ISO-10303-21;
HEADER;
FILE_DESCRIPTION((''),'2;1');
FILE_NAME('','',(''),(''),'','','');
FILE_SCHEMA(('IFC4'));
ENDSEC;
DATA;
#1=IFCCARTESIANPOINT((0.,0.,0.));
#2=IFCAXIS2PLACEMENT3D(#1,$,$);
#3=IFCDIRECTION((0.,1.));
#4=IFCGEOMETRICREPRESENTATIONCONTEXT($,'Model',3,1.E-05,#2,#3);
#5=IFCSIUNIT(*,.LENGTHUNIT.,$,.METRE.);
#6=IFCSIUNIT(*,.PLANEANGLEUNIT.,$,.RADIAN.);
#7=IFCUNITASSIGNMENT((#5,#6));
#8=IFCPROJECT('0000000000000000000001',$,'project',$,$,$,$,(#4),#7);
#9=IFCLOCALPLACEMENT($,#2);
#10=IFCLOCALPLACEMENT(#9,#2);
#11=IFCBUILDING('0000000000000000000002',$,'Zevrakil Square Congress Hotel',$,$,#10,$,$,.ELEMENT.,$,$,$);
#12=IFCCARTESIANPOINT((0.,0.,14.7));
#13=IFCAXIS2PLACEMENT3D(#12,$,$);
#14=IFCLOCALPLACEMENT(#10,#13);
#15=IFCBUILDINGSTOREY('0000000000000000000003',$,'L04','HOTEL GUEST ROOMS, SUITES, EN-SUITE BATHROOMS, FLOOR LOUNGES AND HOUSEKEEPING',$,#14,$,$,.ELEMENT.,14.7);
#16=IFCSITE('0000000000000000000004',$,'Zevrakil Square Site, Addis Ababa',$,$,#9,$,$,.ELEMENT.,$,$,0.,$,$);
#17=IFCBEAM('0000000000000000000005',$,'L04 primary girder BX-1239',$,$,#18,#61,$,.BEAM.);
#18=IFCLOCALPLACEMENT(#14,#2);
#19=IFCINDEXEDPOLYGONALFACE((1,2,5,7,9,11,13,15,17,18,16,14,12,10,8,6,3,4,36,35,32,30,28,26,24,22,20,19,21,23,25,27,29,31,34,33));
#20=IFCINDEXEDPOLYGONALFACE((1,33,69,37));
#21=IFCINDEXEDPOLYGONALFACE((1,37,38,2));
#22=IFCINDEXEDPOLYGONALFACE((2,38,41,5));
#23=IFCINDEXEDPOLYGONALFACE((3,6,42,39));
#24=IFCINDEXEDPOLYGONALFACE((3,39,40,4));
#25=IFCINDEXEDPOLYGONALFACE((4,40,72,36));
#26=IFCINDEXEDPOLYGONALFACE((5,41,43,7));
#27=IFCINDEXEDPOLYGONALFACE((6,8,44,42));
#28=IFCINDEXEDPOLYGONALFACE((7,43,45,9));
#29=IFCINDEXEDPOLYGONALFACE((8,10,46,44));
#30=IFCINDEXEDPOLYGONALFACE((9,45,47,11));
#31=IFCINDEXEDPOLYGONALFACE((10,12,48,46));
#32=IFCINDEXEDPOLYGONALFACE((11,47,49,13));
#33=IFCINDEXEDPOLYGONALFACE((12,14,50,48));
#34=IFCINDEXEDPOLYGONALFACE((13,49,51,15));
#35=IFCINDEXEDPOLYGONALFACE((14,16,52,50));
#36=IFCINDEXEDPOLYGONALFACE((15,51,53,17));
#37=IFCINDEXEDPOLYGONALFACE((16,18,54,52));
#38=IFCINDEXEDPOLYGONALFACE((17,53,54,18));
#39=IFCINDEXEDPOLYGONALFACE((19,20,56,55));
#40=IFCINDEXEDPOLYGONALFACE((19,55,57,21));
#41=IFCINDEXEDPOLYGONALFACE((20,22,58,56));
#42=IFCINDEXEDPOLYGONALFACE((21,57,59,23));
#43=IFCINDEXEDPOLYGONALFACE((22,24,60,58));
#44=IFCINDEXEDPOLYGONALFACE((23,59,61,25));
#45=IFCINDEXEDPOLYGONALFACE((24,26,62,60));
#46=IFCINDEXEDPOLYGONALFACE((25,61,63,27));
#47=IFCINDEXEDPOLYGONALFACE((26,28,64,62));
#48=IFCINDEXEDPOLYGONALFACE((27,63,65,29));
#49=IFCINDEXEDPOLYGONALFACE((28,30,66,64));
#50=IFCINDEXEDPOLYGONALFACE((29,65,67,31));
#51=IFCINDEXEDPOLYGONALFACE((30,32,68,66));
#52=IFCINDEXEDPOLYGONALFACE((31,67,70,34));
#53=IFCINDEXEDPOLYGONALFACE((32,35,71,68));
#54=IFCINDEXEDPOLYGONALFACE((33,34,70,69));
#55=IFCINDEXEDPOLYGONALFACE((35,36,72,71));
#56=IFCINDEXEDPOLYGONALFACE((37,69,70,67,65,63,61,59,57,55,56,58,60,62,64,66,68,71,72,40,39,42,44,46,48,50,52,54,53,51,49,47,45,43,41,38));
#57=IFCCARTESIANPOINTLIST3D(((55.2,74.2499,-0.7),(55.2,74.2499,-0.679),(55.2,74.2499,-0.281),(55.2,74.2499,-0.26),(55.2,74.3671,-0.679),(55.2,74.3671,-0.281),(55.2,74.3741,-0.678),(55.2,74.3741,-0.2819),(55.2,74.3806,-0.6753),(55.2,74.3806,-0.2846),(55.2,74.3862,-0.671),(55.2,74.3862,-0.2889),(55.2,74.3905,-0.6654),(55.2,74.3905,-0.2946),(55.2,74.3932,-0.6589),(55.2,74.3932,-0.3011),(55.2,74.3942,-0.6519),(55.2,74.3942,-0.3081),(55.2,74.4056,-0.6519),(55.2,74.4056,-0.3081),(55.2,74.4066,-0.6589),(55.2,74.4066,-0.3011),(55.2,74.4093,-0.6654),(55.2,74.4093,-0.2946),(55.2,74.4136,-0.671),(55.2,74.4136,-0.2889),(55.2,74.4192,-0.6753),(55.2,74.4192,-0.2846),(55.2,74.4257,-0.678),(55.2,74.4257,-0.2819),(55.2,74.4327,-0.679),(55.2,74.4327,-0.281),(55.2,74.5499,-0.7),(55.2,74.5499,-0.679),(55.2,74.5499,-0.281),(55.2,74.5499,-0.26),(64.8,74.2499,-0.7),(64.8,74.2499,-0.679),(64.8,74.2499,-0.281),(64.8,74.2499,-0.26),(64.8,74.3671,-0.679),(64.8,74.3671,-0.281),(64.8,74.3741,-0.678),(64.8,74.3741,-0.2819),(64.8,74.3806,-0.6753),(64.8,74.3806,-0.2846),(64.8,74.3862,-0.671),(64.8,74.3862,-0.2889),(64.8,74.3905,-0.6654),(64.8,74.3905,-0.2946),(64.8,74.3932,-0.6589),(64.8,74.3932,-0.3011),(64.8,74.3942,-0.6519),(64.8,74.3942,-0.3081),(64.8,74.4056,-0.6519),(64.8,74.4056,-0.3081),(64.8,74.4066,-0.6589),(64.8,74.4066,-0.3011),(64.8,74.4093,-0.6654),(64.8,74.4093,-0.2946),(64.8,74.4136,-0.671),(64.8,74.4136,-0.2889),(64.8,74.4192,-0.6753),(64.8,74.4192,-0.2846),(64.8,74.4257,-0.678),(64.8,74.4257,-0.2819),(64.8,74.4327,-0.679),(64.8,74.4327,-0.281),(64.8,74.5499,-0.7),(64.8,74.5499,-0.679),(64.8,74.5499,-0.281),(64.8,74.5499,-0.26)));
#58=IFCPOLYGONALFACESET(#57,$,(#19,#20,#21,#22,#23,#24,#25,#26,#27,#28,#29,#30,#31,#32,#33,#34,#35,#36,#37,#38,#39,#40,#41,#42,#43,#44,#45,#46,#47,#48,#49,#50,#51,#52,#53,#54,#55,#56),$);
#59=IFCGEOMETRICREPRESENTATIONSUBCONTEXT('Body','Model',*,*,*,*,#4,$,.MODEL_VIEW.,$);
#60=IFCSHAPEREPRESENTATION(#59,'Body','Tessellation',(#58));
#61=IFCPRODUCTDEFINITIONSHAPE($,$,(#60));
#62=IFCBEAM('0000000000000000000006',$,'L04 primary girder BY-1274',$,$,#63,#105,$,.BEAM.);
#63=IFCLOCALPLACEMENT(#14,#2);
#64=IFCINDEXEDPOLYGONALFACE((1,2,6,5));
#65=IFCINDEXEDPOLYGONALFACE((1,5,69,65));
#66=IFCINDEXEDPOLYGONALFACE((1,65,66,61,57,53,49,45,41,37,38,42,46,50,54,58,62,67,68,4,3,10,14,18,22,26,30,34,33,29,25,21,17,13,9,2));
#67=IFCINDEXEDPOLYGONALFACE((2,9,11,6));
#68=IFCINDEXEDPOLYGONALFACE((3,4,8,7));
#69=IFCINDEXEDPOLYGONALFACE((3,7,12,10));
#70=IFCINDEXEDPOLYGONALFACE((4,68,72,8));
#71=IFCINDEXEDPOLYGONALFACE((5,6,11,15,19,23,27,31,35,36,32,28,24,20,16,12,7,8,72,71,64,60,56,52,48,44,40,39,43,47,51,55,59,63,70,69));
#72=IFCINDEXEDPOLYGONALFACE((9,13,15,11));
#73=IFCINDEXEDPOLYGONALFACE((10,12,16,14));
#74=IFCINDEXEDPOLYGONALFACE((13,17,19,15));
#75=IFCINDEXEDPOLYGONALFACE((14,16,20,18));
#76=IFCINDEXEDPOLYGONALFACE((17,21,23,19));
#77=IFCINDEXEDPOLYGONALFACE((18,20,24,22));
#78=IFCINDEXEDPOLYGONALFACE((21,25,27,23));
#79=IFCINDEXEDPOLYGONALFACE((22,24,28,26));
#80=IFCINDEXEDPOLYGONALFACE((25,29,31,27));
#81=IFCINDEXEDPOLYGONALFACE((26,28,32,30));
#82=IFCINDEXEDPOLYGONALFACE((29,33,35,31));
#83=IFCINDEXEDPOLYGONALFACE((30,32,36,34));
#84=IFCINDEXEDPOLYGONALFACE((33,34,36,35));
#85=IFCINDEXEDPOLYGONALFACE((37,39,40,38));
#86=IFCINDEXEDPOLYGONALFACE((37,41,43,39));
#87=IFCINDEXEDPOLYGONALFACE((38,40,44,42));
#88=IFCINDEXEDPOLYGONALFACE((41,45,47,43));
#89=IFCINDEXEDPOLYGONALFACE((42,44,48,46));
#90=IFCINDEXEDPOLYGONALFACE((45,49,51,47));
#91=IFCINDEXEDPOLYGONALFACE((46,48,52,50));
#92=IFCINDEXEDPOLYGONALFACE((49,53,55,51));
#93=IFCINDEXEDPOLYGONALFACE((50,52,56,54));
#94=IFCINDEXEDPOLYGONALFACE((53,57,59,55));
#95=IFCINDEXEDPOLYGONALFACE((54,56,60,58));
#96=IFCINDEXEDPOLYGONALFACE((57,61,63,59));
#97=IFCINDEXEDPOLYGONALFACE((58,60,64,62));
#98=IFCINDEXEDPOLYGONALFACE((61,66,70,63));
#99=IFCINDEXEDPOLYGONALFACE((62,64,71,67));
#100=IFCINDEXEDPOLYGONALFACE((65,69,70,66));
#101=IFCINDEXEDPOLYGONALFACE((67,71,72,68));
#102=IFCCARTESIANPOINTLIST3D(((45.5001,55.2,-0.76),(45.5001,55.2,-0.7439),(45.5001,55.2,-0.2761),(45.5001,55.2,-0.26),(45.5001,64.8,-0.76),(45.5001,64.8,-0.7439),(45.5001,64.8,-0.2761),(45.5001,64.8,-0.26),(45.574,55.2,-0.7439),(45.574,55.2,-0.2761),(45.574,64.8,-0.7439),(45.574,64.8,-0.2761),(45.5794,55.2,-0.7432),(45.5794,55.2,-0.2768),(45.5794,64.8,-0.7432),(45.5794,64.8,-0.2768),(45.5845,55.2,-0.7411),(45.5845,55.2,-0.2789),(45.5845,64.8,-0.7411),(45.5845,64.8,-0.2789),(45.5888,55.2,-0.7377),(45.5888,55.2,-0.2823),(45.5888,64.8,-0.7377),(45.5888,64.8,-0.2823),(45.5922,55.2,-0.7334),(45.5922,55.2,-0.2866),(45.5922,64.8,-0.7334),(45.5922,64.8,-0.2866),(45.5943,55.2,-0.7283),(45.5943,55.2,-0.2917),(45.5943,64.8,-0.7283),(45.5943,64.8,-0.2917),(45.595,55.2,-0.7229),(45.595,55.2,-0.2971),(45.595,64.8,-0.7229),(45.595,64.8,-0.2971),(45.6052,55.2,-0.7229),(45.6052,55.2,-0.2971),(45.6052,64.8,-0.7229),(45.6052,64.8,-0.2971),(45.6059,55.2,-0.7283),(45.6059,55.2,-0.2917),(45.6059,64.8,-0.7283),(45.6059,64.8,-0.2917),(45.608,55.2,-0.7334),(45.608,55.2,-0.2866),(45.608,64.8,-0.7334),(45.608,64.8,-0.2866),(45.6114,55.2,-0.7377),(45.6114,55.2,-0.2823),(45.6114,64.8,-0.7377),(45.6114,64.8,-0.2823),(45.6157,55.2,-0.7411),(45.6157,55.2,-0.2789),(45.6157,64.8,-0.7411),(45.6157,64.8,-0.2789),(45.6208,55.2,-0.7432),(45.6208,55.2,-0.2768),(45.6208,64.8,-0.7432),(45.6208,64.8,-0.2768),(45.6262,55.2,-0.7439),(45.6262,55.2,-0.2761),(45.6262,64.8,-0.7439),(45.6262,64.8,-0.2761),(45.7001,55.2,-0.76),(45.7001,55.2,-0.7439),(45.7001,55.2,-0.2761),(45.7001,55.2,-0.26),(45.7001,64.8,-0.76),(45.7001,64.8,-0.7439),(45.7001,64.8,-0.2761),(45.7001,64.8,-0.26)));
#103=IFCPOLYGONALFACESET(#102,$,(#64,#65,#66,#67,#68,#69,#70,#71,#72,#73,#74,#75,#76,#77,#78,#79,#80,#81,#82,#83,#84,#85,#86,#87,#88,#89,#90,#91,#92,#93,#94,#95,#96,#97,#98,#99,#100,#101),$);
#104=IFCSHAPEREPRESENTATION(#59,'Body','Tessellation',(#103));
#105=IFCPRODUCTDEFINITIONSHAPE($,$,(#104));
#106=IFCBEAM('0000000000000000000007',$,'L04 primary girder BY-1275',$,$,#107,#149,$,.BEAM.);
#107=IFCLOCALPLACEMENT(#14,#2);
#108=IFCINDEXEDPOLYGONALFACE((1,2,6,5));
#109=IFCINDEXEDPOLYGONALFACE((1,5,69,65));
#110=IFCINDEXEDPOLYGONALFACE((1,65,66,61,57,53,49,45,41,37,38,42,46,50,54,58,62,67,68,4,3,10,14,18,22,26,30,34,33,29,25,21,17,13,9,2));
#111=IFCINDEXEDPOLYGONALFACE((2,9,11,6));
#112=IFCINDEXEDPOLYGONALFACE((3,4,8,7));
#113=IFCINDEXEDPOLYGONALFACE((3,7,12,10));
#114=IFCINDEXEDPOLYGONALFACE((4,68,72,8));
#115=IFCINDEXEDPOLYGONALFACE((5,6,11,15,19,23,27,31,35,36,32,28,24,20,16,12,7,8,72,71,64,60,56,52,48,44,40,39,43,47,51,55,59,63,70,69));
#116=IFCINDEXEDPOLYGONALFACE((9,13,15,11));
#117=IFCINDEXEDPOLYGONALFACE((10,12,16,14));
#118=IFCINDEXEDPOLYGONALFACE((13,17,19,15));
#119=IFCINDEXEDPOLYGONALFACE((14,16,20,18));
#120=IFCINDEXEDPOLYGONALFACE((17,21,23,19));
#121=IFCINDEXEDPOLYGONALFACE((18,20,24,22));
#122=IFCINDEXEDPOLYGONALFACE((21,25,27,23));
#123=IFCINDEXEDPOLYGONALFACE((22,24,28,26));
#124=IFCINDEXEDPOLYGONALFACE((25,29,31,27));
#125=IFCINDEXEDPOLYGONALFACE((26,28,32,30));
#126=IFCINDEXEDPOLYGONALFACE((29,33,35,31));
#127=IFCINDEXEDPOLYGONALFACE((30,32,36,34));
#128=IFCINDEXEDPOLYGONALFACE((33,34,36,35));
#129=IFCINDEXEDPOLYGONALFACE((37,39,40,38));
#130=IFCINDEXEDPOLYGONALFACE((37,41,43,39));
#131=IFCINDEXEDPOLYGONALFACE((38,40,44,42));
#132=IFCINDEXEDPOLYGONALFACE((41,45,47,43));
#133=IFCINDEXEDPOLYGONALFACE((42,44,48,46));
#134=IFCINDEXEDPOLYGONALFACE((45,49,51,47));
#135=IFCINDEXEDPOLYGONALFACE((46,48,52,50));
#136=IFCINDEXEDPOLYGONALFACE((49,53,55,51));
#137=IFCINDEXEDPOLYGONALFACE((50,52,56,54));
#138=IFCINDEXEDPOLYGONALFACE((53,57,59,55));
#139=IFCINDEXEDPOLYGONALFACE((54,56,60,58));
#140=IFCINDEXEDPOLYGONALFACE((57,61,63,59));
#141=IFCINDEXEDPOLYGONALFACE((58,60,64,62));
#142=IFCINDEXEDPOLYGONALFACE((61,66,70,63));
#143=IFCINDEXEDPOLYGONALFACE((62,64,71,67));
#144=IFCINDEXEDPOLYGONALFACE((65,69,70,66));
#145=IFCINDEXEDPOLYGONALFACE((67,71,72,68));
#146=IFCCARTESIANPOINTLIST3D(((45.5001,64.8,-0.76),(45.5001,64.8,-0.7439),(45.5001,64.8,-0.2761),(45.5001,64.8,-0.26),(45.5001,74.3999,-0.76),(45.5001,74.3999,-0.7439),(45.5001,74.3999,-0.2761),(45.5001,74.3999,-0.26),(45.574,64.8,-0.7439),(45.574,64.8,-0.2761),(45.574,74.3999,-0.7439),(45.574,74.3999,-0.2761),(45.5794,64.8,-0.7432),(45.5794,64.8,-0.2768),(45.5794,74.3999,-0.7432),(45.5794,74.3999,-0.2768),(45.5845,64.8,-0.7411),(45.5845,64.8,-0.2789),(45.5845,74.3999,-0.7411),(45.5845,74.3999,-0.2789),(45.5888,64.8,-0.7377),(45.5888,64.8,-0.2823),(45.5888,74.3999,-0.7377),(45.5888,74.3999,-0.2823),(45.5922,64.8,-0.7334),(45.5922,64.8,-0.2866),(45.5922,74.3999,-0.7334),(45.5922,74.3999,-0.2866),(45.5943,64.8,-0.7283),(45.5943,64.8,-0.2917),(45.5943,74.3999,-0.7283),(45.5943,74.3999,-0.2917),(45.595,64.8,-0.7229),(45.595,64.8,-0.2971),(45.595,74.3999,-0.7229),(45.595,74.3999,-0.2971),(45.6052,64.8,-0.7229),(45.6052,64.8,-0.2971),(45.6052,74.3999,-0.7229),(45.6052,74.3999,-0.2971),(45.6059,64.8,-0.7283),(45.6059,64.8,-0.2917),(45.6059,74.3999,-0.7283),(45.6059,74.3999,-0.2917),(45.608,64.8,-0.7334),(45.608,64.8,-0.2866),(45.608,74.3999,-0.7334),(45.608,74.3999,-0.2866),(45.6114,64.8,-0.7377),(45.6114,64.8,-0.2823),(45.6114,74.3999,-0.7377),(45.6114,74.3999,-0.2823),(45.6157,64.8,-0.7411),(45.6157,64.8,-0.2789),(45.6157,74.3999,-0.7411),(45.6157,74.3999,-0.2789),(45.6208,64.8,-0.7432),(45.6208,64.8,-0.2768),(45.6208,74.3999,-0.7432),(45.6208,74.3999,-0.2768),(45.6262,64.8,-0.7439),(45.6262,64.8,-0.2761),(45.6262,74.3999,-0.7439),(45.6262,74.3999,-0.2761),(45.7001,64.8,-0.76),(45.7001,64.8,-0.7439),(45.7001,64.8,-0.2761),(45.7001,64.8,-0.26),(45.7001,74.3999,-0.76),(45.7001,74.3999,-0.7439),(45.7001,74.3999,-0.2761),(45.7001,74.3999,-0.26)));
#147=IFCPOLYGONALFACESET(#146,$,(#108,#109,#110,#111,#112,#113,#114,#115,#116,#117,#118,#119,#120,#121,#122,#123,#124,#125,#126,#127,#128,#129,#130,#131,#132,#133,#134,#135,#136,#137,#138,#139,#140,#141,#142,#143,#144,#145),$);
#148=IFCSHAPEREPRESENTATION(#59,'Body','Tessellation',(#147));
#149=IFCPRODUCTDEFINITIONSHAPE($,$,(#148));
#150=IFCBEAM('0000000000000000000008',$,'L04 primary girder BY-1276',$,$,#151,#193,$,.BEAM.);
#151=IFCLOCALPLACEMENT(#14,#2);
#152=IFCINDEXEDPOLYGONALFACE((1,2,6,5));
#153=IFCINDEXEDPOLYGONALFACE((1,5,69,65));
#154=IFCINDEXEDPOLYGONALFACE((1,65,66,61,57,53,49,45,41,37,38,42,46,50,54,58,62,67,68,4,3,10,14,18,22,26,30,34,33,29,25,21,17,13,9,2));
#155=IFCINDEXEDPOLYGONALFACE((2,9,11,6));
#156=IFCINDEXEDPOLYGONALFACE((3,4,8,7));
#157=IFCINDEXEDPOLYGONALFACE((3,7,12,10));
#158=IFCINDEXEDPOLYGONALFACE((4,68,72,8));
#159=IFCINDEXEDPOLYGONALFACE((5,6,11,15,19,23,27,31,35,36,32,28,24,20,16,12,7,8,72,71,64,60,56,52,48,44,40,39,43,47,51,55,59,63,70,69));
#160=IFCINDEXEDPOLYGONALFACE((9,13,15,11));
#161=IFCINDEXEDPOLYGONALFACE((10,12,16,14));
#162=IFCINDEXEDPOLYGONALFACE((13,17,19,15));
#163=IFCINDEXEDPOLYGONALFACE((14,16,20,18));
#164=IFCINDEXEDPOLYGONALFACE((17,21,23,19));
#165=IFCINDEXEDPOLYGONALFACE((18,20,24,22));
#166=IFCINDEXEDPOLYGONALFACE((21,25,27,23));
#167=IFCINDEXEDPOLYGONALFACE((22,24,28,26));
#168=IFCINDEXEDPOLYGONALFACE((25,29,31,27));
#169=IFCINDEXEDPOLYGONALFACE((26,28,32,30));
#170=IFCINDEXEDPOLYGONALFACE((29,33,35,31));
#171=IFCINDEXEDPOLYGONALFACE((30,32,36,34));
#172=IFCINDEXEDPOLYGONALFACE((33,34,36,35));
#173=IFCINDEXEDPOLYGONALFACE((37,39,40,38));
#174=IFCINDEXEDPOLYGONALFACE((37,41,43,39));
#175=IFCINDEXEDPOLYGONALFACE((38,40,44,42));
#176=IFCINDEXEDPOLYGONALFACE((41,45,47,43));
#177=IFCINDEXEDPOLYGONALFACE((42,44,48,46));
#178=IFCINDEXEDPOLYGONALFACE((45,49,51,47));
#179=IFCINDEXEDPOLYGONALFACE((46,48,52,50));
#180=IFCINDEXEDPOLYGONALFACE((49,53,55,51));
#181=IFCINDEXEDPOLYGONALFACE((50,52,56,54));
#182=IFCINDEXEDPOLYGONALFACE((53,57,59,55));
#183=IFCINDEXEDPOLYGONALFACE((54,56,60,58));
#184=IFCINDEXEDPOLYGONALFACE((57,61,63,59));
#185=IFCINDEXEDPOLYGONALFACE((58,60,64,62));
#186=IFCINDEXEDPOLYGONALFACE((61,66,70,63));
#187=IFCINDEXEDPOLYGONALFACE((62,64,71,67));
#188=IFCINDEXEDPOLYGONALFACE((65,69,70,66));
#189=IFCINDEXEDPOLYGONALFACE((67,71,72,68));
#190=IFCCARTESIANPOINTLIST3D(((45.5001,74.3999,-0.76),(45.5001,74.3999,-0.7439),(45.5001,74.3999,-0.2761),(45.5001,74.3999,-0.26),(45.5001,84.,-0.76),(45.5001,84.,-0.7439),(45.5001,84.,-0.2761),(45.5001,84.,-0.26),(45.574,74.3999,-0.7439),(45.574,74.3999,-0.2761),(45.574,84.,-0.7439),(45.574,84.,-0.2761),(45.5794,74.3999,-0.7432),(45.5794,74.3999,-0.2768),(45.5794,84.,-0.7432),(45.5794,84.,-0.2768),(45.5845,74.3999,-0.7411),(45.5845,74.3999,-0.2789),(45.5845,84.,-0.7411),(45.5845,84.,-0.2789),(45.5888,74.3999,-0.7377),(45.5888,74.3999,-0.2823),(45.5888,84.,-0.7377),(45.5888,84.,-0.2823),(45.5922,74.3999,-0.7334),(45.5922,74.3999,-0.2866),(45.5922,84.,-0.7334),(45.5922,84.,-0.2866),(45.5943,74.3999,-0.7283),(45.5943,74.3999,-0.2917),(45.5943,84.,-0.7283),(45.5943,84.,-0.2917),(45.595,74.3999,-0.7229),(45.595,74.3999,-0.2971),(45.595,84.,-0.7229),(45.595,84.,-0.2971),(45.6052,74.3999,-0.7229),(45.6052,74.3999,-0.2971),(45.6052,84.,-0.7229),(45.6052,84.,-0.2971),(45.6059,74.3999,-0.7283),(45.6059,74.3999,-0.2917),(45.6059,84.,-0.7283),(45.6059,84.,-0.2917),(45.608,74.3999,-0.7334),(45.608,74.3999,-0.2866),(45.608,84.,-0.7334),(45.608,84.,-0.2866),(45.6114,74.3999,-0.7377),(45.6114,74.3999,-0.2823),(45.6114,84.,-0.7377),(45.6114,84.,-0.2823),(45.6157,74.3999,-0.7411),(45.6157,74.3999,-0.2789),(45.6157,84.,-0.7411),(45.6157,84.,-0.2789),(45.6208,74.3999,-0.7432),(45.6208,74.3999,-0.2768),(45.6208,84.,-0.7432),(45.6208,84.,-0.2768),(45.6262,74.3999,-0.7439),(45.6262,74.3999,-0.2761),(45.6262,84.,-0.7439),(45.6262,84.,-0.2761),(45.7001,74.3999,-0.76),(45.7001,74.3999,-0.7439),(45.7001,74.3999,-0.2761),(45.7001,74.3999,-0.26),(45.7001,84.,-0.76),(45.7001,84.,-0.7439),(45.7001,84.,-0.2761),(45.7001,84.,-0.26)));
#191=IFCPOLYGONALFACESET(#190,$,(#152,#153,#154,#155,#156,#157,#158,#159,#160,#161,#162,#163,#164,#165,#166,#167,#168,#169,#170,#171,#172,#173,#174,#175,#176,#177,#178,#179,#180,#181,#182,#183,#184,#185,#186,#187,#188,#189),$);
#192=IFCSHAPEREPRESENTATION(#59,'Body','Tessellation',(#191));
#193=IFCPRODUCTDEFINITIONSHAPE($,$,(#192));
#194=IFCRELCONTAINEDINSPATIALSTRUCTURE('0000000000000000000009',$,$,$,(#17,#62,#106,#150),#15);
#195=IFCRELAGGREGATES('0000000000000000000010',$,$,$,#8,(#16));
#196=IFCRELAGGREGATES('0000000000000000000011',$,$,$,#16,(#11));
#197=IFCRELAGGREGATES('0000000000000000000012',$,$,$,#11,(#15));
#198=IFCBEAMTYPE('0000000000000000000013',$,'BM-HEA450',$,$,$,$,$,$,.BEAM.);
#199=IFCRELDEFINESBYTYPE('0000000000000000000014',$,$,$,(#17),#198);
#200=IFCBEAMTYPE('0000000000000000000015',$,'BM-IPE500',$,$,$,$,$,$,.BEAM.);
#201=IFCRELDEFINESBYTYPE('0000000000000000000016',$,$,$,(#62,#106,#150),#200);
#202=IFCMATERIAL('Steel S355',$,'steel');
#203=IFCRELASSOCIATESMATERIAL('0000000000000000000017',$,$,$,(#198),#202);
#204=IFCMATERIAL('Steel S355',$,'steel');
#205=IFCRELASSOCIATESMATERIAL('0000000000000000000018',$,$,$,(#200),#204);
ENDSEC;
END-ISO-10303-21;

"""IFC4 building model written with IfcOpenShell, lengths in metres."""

from ifc_helpers import new_model, si_unit, direction, frame, origin, origin_2d, place, context, subcontext, project, spatial, i_section, extrude, material, material_profile, profile_set, type_object, element, save


model = new_model("IFC4")

# Units and contexts
model_context = context("Model", 3, precision=1e-05, world=origin(), true_north=direction((0.0, 1.0)))
body_context = subcontext(model_context, "Body", "Model", "MODEL_VIEW")
ifc_project = project(units=[si_unit("LENGTHUNIT", "METRE"), si_unit("PLANEANGLEUNIT", "RADIAN")], contexts=[model_context])

# Site, building, storey
site_placement = place(None, origin())
site = spatial("IfcSite", under=ifc_project, at=site_placement, Name="Zevrakil Square Site, Addis Ababa", CompositionType="ELEMENT", RefElevation=0.0)
building_placement = place(site_placement, origin())
building = spatial("IfcBuilding", under=site, at=building_placement, Name="Zevrakil Square Congress Hotel", CompositionType="ELEMENT")
storey_placement = place(building_placement, frame((0.0, 0.0, 14.7)))
storey = spatial("IfcBuildingStorey", under=building, at=storey_placement, Name="L04", Description="HOTEL GUEST ROOMS, SUITES, EN-SUITE BATHROOMS, FLOOR LOUNGES AND HOUSEKEEPING", CompositionType="ELEMENT", Elevation=14.7)

# Beams
ifc_material_1 = material(Name="Steel S355", Category="steel")
ifc_material_profile_1 = material_profile(ifc_material_1, i_section(OverallWidth=0.3, OverallDepth=0.4399, WebThickness=0.0115, FlangeThickness=0.021, FilletRadius=0.0271, at=origin_2d()), Name="HEA 450")
ifc_profile_set_1 = profile_set([ifc_material_profile_1], Name="Steel S355")
beam_type_1 = type_object("IfcBeamType", Name="BM-HEA450", PredefinedType="BEAM", material=ifc_profile_set_1)
beam_1_placement = place(storey_placement, frame((55.2, 74.3999, -0.48), z_axis=(1.0, 0.0, 0.0), x_axis=(0.0, 1.0, 0.0)))
element("IfcBeam", 1, at=beam_1_placement, inside=storey, type_object=beam_type_1, Name="L04 primary girder BX-1239", PredefinedType="BEAM", context=body_context, shape_type="SweptSolid", body=[
    extrude(i_section(OverallWidth=0.3, OverallDepth=0.4399, WebThickness=0.0115, FlangeThickness=0.021, FilletRadius=0.0271, at=origin_2d()), origin(), (0.0, 0.0, 1.0), 9.6001),
])
ifc_material_2 = material(Name="Steel S355", Category="steel")
ifc_material_profile_2 = material_profile(ifc_material_2, i_section(OverallWidth=0.2, OverallDepth=0.5, WebThickness=0.0103, FlangeThickness=0.0161, FilletRadius=0.021, at=origin_2d()), Name="IPE 500")
ifc_profile_set_2 = profile_set([ifc_material_profile_2], Name="Steel S355")
beam_type_2 = type_object("IfcBeamType", Name="BM-IPE500", PredefinedType="BEAM", material=ifc_profile_set_2)
beam_2_placement = place(storey_placement, frame((45.6001, 55.2, -0.51), z_axis=(0.0, 1.0, 0.0), x_axis=(-1.0, 0.0, 0.0)))
element("IfcBeam", 2, at=beam_2_placement, inside=storey, type_object=beam_type_2, Name="L04 primary girder BY-1274", PredefinedType="BEAM", context=body_context, shape_type="SweptSolid", body=[
    extrude(i_section(OverallWidth=0.2, OverallDepth=0.5, WebThickness=0.0103, FlangeThickness=0.0161, FilletRadius=0.021, at=origin_2d()), origin(), (0.0, 0.0, 1.0), 9.6001),
])
beam_3_placement = place(storey_placement, frame((45.6001, 64.8, -0.51), z_axis=(0.0, 1.0, 0.0), x_axis=(-1.0, 0.0, 0.0)))
element("IfcBeam", 3, at=beam_3_placement, inside=storey, type_object=beam_type_2, Name="L04 primary girder BY-1275", PredefinedType="BEAM", context=body_context, shape_type="SweptSolid", body=[
    extrude(i_section(OverallWidth=0.2, OverallDepth=0.5, WebThickness=0.0103, FlangeThickness=0.0161, FilletRadius=0.021, at=origin_2d()), origin(), (0.0, 0.0, 1.0), 9.5999),
])
beam_4_placement = place(storey_placement, frame((45.6001, 74.3999, -0.51), z_axis=(0.0, 1.0, 0.0), x_axis=(-1.0, 0.0, 0.0)))
element("IfcBeam", 4, at=beam_4_placement, inside=storey, type_object=beam_type_2, Name="L04 primary girder BY-1276", PredefinedType="BEAM", context=body_context, shape_type="SweptSolid", body=[
    extrude(i_section(OverallWidth=0.2, OverallDepth=0.5, WebThickness=0.0103, FlangeThickness=0.0161, FilletRadius=0.021, at=origin_2d()), origin(), (0.0, 0.0, 1.0), 9.6001),
])

save(model, "model.ifc")
